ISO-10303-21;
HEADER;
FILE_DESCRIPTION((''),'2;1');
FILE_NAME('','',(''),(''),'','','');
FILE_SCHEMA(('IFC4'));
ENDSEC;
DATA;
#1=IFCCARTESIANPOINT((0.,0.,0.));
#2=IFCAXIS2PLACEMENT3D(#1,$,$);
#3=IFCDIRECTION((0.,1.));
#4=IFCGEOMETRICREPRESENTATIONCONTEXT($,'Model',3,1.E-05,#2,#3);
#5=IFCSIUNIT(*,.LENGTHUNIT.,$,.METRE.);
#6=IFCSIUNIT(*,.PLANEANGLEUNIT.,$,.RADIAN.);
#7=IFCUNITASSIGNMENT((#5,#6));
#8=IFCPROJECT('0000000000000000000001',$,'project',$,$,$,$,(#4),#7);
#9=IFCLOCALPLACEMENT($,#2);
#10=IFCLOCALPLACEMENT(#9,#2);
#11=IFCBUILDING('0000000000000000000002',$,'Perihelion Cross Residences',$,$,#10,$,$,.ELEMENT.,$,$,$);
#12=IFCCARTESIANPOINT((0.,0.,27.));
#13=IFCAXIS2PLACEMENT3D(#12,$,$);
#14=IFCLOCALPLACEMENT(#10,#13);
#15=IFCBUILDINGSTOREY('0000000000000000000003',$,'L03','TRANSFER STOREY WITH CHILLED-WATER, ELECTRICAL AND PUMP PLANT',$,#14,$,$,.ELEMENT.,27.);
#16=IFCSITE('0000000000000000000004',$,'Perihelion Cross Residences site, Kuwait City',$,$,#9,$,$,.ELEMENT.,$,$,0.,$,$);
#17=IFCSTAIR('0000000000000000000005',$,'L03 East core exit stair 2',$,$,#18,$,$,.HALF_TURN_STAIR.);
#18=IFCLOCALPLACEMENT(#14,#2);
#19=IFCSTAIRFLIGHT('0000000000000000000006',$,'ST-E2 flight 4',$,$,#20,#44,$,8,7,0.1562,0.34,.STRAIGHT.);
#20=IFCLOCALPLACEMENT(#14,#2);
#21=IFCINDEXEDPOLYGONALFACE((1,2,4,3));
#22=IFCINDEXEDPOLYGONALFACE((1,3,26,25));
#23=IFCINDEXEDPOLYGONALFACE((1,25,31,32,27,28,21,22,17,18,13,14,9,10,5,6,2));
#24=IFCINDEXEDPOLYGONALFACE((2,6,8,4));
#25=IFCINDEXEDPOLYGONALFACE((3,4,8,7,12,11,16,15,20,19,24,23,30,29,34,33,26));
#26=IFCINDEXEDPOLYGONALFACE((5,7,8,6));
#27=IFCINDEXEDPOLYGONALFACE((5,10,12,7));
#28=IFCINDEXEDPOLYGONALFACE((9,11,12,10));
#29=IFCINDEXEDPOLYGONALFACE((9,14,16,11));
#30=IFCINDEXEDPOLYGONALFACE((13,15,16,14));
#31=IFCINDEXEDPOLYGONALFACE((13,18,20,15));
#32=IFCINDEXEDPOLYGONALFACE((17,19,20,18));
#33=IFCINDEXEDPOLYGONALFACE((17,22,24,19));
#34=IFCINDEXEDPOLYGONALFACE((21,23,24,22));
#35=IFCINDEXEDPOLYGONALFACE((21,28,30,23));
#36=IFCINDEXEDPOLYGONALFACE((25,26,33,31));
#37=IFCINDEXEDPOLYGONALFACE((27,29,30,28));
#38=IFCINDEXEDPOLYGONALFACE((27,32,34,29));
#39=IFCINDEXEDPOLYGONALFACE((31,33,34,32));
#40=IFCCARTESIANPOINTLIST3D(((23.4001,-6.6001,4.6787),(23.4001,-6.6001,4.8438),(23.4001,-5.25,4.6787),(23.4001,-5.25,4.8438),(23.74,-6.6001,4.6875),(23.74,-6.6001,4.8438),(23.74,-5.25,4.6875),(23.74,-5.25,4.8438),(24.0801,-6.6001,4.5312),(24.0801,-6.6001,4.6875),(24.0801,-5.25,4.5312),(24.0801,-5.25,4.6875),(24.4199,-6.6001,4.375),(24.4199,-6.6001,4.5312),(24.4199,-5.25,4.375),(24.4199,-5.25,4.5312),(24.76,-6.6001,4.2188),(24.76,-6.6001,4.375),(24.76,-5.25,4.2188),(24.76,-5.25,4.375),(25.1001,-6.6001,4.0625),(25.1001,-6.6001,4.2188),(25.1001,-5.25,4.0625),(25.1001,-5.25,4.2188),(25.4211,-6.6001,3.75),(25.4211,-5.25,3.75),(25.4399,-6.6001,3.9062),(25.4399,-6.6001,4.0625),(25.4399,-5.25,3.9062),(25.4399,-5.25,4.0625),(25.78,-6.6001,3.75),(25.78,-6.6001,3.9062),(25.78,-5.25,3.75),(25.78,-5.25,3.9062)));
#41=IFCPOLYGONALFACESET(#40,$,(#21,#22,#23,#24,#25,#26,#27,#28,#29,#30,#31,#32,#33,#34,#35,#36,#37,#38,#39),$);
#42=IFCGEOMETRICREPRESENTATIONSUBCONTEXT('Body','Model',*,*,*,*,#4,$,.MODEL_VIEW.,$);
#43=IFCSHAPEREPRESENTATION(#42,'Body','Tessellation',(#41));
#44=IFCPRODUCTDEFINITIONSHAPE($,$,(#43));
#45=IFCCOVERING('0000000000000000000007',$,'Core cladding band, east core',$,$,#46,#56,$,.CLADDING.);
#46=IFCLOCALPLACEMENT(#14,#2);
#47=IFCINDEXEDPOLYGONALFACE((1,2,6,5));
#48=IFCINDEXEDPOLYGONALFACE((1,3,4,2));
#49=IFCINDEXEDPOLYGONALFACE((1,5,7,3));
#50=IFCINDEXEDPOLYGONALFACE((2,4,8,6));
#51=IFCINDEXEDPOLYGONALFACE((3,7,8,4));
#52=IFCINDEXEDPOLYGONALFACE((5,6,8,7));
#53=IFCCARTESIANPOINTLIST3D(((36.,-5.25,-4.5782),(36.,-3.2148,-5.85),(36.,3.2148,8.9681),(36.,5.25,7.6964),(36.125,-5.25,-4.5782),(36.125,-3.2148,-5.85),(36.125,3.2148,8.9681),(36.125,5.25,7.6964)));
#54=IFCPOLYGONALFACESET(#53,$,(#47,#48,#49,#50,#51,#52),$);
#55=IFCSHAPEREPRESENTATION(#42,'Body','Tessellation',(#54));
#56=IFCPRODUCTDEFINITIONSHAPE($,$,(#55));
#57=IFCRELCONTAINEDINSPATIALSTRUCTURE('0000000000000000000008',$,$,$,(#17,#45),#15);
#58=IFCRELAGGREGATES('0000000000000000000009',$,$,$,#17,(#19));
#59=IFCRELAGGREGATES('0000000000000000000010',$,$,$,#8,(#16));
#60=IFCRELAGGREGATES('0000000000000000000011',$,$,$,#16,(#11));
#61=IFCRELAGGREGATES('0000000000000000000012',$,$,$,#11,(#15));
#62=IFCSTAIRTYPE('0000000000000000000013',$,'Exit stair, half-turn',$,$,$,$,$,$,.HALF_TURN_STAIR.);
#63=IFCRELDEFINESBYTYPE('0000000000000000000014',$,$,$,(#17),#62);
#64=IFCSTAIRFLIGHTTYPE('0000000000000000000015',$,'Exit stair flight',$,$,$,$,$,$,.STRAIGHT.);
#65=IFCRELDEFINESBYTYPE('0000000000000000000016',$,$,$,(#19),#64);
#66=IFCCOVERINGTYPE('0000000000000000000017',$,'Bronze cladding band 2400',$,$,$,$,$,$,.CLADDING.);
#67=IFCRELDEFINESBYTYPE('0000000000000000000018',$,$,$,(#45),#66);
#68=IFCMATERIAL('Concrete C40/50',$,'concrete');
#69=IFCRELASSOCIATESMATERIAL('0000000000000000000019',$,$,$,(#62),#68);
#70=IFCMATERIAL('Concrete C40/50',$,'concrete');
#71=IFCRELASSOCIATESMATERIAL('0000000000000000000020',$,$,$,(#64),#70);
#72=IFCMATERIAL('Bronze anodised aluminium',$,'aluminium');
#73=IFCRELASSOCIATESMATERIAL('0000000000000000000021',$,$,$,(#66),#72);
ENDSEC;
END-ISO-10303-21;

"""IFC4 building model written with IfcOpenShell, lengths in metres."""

from ifc_helpers import new_model, si_unit, direction, frame, origin, origin_2d, place, context, subcontext, project, spatial, polyline, rectangle, outline, extrude, material, material_profile, profile_set, type_object, element, aggregate, save


model = new_model("IFC4")

# Units and contexts
model_context = context("Model", 3, precision=1e-05, world=origin(), true_north=direction((0.0, 1.0)))
body_context = subcontext(model_context, "Body", "Model", "MODEL_VIEW")
ifc_project = project(units=[si_unit("LENGTHUNIT", "METRE"), si_unit("PLANEANGLEUNIT", "RADIAN")], contexts=[model_context])

# Site, building, storey
site_placement = place(None, origin())
site = spatial("IfcSite", under=ifc_project, at=site_placement, Name="Perihelion Cross Residences site, Kuwait City", CompositionType="ELEMENT", RefElevation=0.0)
building_placement = place(site_placement, origin())
building = spatial("IfcBuilding", under=site, at=building_placement, Name="Perihelion Cross Residences", CompositionType="ELEMENT")
storey_placement = place(building_placement, frame((0.0, 0.0, 27.0)))
storey = spatial("IfcBuildingStorey", under=building, at=storey_placement, Name="L03", Description="TRANSFER STOREY WITH CHILLED-WATER, ELECTRICAL AND PUMP PLANT", CompositionType="ELEMENT", Elevation=27.0)

# Stair, stair flight
ifc_material_1 = material(Name="Concrete C40/50", Category="concrete")
stair_type = type_object("IfcStairType", Name="Exit stair, half-turn", PredefinedType="HALF_TURN_STAIR", material=ifc_material_1)
stair_placement = place(storey_placement, origin())
stair = element("IfcStair", 1, at=stair_placement, inside=storey, type_object=stair_type, Name="L03 East core exit stair 2", PredefinedType="HALF_TURN_STAIR")
ifc_material_2 = material(Name="Concrete C40/50", Category="concrete")
stair_flight_type = type_object("IfcStairFlightType", Name="Exit stair flight", PredefinedType="STRAIGHT", material=ifc_material_2)
stair_flight_1_placement = place(storey_placement, frame((25.78, -5.925, 3.75), z_axis=(0.0, 0.0, 1.0), x_axis=(-1.0, 0.0, 0.0)))
stair_flight_1 = element("IfcStairFlight", 2, at=stair_flight_1_placement, type_object=stair_flight_type, Name="ST-E2 flight 4", NumberOfRisers=8, NumberOfTreads=7, PredefinedType="STRAIGHT", RiserHeight=0.1562, TreadLength=0.34, context=body_context, shape_type="SweptSolid", body=[
    extrude(outline(polyline([(0.0, 0.0), (0.0, 0.1562), (0.3401, 0.1562), (0.3401, 0.3125), (0.6799, 0.3125), (0.6799, 0.4688), (1.02, 0.4688), (1.02, 0.625), (1.3601, 0.625), (1.3601, 0.7812), (1.7, 0.7812), (1.7, 0.9375), (2.04, 0.9375), (2.04, 1.0938), (2.3799, 1.0938), (2.3799, 1.25), (2.3799, 0.9287), (0.3589, 0.0), (0.0, 0.0)])), frame((0.0, 0.675, 0.0), z_axis=(0.0, -1.0, 0.0), x_axis=(1.0, 0.0, 0.0)), (0.0, 0.0, 1.0), 1.3501),
])
aggregate(stair, [stair_flight_1])

# Covering
ifc_material_3 = material(Name="Bronze anodised aluminium", Category="aluminium")
ifc_material_profile = material_profile(ifc_material_3, rectangle(XDim=0.125, YDim=2.3999, at=origin_2d()), Name="Bronze cladding band 2400")
ifc_profile_set = profile_set([ifc_material_profile], Name="Bronze anodised aluminium")
covering_type = type_object("IfcCoveringType", Name="Bronze cladding band 2400", PredefinedType="CLADDING", material=ifc_profile_set)
covering_placement = place(storey_placement, frame((36.0625, -4.2324, -5.2141), z_axis=(0.0, 0.529925, 0.848045), x_axis=(-1.0, 0.0, 0.0)))
element("IfcCovering", 3, at=covering_placement, inside=storey, type_object=covering_type, Name="Core cladding band, east core", PredefinedType="CLADDING", context=body_context, shape_type="SweptSolid", body=[
    extrude(rectangle(XDim=0.125, YDim=2.3999, at=origin_2d()), origin(), (0.0, 0.0, 1.0), 15.9736),
])

save(model, "model.ifc")
